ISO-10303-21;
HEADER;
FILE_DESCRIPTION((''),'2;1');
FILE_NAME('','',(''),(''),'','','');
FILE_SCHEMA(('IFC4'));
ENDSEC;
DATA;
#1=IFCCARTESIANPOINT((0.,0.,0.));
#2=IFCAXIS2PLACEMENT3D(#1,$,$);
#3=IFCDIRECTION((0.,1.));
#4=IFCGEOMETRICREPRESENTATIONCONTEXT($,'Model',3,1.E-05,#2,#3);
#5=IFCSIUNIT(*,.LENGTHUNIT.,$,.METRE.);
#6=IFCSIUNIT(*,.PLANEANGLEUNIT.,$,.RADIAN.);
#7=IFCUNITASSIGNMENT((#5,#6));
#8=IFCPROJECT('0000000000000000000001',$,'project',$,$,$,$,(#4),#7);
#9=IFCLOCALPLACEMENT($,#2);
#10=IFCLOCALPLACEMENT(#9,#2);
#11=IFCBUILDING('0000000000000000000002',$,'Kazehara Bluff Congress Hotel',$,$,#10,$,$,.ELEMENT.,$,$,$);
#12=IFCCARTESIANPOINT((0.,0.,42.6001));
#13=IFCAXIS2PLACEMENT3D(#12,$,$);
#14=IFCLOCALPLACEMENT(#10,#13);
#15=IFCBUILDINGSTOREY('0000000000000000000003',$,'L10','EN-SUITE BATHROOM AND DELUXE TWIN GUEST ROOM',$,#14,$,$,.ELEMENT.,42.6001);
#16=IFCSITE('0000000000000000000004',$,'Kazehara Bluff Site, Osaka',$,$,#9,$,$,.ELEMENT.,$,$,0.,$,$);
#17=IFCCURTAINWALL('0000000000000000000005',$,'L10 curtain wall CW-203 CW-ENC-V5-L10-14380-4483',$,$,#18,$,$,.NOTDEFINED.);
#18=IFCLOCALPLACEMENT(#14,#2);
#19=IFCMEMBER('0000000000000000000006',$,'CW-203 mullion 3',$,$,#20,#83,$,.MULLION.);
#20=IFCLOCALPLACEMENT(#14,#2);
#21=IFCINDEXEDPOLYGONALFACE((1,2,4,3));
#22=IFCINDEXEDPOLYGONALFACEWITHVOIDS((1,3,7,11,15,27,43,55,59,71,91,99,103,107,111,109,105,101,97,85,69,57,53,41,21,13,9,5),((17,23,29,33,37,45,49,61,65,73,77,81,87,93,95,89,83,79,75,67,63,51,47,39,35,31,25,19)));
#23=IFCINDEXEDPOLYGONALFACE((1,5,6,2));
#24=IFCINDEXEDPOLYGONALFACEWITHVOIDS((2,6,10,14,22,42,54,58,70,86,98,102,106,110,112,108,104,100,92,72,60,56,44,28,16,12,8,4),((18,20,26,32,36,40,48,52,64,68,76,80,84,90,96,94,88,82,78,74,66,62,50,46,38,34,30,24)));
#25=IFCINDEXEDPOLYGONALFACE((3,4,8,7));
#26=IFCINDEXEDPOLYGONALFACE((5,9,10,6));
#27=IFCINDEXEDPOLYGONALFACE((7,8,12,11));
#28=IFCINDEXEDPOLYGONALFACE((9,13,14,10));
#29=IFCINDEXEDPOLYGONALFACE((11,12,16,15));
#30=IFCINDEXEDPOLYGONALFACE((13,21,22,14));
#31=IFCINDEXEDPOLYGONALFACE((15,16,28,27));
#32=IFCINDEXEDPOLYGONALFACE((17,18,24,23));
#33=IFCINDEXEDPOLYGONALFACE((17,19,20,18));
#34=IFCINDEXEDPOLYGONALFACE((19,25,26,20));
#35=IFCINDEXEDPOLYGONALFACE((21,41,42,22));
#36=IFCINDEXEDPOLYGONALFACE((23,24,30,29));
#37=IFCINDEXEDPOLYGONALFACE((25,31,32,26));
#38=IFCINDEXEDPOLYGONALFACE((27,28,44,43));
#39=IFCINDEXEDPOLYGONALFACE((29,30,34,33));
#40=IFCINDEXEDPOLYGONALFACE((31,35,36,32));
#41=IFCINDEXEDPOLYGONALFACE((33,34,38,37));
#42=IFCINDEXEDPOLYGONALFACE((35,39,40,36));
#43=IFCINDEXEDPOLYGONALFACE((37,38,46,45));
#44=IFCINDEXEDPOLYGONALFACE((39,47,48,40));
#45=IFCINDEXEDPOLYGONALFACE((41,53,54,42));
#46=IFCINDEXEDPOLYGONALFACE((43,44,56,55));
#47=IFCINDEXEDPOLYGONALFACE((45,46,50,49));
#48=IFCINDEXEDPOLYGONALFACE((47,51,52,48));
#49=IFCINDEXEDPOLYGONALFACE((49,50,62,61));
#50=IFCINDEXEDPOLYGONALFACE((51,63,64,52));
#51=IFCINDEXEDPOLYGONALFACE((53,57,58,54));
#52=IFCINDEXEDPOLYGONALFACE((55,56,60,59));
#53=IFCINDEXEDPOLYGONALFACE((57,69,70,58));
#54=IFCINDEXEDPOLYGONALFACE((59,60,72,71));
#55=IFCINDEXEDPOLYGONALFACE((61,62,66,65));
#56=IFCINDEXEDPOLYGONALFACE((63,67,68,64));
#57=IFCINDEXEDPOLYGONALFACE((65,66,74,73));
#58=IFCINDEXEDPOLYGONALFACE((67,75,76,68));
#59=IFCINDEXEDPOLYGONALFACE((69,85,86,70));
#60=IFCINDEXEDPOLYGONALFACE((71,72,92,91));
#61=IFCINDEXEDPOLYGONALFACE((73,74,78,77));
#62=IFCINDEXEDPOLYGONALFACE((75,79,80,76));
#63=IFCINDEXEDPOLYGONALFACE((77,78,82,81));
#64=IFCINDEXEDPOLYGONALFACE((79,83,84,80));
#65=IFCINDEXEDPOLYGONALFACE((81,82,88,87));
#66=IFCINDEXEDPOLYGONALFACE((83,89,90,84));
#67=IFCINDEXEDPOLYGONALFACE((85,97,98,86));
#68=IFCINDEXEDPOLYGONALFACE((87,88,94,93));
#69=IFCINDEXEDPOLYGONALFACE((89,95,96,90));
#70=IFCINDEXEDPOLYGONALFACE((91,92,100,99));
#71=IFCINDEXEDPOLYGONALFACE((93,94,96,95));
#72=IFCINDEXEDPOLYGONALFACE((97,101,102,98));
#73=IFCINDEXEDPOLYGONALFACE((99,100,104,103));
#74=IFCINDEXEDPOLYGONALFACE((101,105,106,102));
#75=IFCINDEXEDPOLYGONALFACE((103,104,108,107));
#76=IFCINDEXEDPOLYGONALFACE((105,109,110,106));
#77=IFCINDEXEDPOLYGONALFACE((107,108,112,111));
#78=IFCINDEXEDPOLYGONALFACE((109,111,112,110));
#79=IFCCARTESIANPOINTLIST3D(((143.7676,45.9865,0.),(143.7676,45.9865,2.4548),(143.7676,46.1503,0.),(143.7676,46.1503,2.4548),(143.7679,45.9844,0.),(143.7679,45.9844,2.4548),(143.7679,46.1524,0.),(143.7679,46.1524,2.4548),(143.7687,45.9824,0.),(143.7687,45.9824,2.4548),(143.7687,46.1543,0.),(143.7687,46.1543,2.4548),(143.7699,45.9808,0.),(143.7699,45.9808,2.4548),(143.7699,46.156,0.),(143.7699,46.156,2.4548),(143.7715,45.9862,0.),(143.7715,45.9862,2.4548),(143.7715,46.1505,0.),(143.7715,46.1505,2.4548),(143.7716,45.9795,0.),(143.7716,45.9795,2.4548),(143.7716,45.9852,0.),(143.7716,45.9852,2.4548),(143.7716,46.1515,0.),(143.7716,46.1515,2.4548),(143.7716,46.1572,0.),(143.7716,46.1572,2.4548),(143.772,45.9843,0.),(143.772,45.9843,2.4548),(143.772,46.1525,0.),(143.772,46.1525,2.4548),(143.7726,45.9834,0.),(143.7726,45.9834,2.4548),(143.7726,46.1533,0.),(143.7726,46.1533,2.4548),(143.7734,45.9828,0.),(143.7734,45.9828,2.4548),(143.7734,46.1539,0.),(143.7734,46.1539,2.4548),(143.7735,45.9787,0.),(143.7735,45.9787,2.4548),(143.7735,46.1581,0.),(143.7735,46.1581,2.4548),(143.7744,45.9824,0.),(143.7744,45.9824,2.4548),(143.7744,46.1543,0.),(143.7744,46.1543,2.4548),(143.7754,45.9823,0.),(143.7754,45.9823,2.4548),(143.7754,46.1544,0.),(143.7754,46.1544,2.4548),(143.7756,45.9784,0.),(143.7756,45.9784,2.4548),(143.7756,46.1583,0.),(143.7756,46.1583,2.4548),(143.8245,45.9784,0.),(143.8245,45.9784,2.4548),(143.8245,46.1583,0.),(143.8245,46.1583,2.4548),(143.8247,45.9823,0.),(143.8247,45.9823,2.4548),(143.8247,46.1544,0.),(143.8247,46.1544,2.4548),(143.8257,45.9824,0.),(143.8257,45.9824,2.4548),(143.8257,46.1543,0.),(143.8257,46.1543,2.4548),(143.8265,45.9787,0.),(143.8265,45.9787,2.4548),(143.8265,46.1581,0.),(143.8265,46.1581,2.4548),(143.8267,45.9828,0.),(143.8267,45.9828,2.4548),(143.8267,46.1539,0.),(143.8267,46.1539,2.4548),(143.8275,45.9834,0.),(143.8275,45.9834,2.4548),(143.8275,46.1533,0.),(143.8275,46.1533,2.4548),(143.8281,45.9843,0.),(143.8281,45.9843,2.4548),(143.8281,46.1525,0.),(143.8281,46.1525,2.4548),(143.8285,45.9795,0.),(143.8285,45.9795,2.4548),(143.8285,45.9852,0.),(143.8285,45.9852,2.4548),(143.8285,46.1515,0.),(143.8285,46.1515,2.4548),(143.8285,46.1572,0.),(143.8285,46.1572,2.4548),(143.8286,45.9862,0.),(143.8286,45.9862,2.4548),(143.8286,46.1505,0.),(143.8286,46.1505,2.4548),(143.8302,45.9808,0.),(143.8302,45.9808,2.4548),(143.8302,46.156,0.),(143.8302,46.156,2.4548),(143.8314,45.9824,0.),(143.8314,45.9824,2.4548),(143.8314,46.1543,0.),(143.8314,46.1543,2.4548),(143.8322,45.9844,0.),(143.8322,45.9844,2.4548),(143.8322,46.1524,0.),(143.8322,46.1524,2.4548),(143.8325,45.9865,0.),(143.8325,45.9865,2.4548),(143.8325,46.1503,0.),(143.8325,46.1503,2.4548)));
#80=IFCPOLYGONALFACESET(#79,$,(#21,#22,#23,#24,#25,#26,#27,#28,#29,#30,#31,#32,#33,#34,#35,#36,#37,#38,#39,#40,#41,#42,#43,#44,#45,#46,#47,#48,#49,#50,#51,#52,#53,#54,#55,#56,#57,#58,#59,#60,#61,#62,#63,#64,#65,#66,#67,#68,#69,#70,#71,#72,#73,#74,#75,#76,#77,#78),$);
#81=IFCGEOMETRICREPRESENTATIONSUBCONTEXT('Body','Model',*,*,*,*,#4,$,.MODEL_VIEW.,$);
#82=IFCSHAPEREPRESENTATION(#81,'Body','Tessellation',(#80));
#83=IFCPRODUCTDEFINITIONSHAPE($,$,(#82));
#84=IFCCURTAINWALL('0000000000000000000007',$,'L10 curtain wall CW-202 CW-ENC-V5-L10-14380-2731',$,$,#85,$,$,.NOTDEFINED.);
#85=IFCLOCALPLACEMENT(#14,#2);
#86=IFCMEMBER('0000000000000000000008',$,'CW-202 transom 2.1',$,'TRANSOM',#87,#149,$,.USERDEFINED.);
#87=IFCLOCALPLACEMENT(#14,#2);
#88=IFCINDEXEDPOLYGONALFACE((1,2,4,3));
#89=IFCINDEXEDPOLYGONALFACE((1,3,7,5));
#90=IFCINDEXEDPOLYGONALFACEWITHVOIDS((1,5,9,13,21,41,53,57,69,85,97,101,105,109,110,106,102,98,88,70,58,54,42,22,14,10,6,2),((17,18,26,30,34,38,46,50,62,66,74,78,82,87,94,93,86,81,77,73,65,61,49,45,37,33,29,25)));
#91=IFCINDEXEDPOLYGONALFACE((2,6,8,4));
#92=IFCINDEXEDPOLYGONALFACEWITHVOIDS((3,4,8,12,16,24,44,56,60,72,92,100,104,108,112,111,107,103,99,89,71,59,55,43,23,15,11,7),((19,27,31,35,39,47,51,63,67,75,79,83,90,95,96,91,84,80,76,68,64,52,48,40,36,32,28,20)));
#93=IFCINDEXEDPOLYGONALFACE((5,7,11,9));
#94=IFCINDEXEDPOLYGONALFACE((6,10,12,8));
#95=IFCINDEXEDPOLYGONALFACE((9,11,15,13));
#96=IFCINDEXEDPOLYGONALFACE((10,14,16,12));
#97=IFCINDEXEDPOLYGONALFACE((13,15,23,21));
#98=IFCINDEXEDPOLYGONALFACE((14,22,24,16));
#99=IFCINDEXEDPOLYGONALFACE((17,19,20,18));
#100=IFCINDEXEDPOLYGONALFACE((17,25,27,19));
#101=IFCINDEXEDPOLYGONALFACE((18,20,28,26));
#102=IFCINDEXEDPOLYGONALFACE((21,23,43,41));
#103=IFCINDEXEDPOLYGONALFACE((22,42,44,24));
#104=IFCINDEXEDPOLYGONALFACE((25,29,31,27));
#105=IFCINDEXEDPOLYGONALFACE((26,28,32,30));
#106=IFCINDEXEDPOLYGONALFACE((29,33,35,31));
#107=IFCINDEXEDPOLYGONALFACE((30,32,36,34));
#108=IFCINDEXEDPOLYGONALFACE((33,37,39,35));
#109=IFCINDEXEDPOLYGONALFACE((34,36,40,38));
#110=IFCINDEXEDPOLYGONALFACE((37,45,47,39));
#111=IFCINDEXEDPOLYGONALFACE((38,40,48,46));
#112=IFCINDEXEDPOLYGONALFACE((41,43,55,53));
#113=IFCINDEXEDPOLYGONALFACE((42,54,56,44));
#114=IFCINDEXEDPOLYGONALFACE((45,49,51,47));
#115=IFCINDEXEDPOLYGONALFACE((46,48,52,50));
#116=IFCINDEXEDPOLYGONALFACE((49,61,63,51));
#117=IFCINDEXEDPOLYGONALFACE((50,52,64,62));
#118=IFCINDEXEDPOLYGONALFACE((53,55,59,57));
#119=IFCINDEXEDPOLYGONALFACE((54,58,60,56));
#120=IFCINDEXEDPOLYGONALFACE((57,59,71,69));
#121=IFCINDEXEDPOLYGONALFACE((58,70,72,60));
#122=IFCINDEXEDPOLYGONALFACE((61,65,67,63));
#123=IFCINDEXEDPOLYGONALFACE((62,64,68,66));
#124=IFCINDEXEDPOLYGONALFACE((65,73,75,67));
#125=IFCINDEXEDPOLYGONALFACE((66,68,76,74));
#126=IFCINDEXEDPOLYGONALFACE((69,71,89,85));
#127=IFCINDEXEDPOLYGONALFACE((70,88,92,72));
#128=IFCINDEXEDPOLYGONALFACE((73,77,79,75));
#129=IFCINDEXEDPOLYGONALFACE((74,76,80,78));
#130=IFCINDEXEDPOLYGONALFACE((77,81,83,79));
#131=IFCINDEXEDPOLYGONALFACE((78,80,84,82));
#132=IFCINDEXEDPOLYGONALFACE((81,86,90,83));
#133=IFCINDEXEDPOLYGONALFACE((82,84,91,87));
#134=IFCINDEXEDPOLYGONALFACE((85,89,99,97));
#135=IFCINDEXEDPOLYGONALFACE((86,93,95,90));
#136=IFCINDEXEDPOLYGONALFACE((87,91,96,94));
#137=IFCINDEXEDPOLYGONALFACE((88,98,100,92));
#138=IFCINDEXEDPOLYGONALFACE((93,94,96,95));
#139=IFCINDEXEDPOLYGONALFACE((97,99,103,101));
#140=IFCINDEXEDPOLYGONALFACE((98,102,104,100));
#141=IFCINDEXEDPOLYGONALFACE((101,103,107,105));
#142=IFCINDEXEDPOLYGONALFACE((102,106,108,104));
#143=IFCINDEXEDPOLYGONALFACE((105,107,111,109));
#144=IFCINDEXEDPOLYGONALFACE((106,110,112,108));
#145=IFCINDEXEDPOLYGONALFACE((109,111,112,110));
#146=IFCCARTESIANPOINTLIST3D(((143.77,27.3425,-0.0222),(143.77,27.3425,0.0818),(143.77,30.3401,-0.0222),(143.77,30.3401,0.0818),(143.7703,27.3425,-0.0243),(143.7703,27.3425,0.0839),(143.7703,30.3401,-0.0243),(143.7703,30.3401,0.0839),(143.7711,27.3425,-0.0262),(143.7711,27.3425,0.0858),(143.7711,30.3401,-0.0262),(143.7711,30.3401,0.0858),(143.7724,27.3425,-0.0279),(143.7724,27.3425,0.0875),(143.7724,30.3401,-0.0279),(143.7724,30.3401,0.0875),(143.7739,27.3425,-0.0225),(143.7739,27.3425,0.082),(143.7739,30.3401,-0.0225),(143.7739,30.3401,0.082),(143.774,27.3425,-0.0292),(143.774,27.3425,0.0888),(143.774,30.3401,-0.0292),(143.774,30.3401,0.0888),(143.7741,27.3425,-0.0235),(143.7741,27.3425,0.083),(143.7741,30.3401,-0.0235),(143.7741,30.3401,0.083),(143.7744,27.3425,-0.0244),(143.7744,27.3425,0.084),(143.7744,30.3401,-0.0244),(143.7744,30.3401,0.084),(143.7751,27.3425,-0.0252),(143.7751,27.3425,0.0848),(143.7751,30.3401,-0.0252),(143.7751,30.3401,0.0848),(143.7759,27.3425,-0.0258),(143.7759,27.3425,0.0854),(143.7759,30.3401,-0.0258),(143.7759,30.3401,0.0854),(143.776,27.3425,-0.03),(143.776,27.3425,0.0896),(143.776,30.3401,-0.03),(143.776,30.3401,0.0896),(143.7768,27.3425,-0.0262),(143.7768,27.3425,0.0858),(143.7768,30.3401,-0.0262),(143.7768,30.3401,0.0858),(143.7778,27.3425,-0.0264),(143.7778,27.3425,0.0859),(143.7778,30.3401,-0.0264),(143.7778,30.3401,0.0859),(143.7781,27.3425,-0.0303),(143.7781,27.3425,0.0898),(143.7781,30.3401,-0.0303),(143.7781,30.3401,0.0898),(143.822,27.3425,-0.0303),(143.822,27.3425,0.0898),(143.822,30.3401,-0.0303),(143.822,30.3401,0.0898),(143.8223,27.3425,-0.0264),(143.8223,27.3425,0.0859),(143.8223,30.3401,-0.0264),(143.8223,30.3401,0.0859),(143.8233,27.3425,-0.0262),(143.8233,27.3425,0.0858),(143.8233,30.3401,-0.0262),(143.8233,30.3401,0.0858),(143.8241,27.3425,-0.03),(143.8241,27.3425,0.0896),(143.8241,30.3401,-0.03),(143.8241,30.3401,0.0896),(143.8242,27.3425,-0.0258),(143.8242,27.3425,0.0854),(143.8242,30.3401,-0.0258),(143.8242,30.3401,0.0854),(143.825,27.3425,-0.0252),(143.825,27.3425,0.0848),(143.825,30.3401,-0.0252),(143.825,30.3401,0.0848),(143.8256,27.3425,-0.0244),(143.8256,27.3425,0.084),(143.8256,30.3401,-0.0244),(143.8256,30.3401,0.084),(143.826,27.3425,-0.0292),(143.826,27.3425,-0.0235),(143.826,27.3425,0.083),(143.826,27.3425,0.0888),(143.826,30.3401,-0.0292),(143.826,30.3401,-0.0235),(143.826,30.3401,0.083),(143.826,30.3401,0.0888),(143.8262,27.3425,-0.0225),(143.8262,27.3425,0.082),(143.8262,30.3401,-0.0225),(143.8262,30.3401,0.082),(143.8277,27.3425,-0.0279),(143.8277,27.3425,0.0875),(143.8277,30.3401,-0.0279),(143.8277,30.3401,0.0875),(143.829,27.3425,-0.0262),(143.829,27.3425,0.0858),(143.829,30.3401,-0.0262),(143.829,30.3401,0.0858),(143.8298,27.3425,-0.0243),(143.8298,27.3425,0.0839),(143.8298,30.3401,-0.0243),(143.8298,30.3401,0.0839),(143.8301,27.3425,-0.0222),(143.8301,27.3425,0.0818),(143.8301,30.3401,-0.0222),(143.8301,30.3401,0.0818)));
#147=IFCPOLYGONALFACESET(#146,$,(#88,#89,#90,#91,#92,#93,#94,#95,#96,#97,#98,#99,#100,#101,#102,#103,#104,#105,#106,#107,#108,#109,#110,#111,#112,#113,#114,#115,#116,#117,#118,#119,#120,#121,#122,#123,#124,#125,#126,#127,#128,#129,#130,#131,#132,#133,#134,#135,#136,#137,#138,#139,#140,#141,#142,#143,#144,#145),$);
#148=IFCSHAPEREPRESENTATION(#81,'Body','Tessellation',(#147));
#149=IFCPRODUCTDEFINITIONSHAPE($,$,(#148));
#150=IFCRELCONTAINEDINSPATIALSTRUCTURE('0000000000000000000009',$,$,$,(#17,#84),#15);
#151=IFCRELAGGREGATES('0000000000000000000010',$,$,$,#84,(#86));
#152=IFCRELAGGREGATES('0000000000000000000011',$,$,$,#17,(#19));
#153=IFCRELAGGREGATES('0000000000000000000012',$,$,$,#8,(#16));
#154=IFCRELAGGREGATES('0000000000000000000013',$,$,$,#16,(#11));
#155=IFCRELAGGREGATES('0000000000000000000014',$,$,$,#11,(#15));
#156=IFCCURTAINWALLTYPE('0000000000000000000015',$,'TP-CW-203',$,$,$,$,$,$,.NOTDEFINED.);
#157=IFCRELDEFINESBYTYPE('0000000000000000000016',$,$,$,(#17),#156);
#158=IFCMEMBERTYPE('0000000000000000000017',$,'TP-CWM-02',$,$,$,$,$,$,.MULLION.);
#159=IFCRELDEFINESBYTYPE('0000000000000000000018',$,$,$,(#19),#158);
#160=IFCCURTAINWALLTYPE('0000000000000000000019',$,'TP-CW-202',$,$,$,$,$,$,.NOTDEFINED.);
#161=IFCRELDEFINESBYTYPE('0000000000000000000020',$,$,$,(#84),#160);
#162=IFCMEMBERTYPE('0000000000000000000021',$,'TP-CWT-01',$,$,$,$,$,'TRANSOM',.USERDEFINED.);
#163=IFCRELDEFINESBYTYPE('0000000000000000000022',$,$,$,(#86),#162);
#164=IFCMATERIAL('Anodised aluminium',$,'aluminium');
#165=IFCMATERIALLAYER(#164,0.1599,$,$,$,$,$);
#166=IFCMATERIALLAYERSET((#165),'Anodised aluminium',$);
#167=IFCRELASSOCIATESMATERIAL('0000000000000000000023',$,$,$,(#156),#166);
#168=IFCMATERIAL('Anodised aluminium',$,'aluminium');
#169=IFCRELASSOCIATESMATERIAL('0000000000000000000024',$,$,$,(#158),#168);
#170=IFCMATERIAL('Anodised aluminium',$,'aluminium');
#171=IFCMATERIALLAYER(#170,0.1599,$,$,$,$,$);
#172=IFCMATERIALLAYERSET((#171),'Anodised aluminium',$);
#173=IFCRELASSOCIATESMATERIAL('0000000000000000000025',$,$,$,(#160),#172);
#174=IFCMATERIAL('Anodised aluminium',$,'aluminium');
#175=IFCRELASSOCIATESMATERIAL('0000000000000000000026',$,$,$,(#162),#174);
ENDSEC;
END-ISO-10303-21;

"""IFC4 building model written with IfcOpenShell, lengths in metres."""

from ifc_helpers import new_model, si_unit, direction, frame, origin, origin_2d, place, context, subcontext, project, spatial, hollow_rectangle, extrude, material, layer, layer_set, material_profile, profile_set, type_object, element, aggregate, save


model = new_model("IFC4")

# Units and contexts
model_context = context("Model", 3, precision=1e-05, world=origin(), true_north=direction((0.0, 1.0)))
body_context = subcontext(model_context, "Body", "Model", "MODEL_VIEW")
ifc_project = project(units=[si_unit("LENGTHUNIT", "METRE"), si_unit("PLANEANGLEUNIT", "RADIAN")], contexts=[model_context])

# Site, building, storey
site_placement = place(None, origin())
site = spatial("IfcSite", under=ifc_project, at=site_placement, Name="Kazehara Bluff Site, Osaka", CompositionType="ELEMENT", RefElevation=0.0)
building_placement = place(site_placement, origin())
building = spatial("IfcBuilding", under=site, at=building_placement, Name="Kazehara Bluff Congress Hotel", CompositionType="ELEMENT")
storey_placement = place(building_placement, frame((0.0, 0.0, 42.6001)))
storey = spatial("IfcBuildingStorey", under=building, at=storey_placement, Name="L10", Description="EN-SUITE BATHROOM AND DELUXE TWIN GUEST ROOM", CompositionType="ELEMENT", Elevation=42.6001)

# Curtain walls, members
ifc_material_1 = material(Name="Anodised aluminium", Category="aluminium")
ifc_layer_1 = layer(ifc_material_1, 0.1599)
ifc_layer_set_1 = layer_set([ifc_layer_1], Name="Anodised aluminium")
curtain_wall_type_1 = type_object("IfcCurtainWallType", Name="TP-CW-203", PredefinedType="NOTDEFINED", material=ifc_layer_set_1)
curtain_wall_1_placement = place(storey_placement, origin())
curtain_wall_1 = element("IfcCurtainWall", 1, at=curtain_wall_1_placement, inside=storey, type_object=curtain_wall_type_1, Name="L10 curtain wall CW-203 CW-ENC-V5-L10-14380-4483", PredefinedType="NOTDEFINED")
ifc_material_2 = material(Name="Anodised aluminium", Category="aluminium")
ifc_material_profile_1 = material_profile(ifc_material_2, hollow_rectangle(XDim=0.0649, YDim=0.1799, WallThickness=0.0039, InnerFilletRadius=0.0039, OuterFilletRadius=0.0081, at=origin_2d()))
ifc_profile_set_1 = profile_set([ifc_material_profile_1], Name="Anodised aluminium")
member_type_1 = type_object("IfcMemberType", Name="TP-CWM-02", PredefinedType="MULLION", material=ifc_profile_set_1)
member_1_placement = place(storey_placement, frame((143.8, 46.0684, 0.0), z_axis=(0.0, 0.0, 1.0), x_axis=(-1.0, 0.0, 0.0)))
member_1 = element("IfcMember", 2, at=member_1_placement, type_object=member_type_1, Name="CW-203 mullion 3", PredefinedType="MULLION", context=body_context, shape_type="SweptSolid", body=[
    extrude(hollow_rectangle(XDim=0.0649, YDim=0.1799, WallThickness=0.0039, InnerFilletRadius=0.0039, OuterFilletRadius=0.0081, at=origin_2d()), origin(), (0.0, 0.0, 1.0), 2.4548),
])
ifc_material_3 = material(Name="Anodised aluminium", Category="aluminium")
ifc_layer_2 = layer(ifc_material_3, 0.1599)
ifc_layer_set_2 = layer_set([ifc_layer_2], Name="Anodised aluminium")
curtain_wall_type_2 = type_object("IfcCurtainWallType", Name="TP-CW-202", PredefinedType="NOTDEFINED", material=ifc_layer_set_2)
curtain_wall_2_placement = place(storey_placement, origin())
curtain_wall_2 = element("IfcCurtainWall", 3, at=curtain_wall_2_placement, inside=storey, type_object=curtain_wall_type_2, Name="L10 curtain wall CW-202 CW-ENC-V5-L10-14380-2731", PredefinedType="NOTDEFINED")
ifc_material_4 = material(Name="Anodised aluminium", Category="aluminium")
ifc_material_profile_2 = material_profile(ifc_material_4, hollow_rectangle(XDim=0.0601, YDim=0.1201, WallThickness=0.0039, InnerFilletRadius=0.0039, OuterFilletRadius=0.0081, at=origin_2d()))
ifc_profile_set_2 = profile_set([ifc_material_profile_2], Name="Anodised aluminium")
member_type_2 = type_object("IfcMemberType", Name="TP-CWT-01", ElementType="TRANSOM", PredefinedType="USERDEFINED", material=ifc_profile_set_2)
member_2_placement = place(storey_placement, frame((143.8, 27.3425, 0.0298), z_axis=(0.0, 1.0, 0.0), x_axis=(-1.0, 0.0, 0.0)))
member_2 = element("IfcMember", 4, at=member_2_placement, type_object=member_type_2, Name="CW-202 transom 2.1", ObjectType="TRANSOM", PredefinedType="USERDEFINED", context=body_context, shape_type="SweptSolid", body=[
    extrude(hollow_rectangle(XDim=0.0601, YDim=0.1201, WallThickness=0.0039, InnerFilletRadius=0.0039, OuterFilletRadius=0.0081, at=origin_2d()), origin(), (0.0, 0.0, 1.0), 2.9976),
])

aggregate(curtain_wall_2, [member_2])
aggregate(curtain_wall_1, [member_1])

save(model, "model.ifc")
